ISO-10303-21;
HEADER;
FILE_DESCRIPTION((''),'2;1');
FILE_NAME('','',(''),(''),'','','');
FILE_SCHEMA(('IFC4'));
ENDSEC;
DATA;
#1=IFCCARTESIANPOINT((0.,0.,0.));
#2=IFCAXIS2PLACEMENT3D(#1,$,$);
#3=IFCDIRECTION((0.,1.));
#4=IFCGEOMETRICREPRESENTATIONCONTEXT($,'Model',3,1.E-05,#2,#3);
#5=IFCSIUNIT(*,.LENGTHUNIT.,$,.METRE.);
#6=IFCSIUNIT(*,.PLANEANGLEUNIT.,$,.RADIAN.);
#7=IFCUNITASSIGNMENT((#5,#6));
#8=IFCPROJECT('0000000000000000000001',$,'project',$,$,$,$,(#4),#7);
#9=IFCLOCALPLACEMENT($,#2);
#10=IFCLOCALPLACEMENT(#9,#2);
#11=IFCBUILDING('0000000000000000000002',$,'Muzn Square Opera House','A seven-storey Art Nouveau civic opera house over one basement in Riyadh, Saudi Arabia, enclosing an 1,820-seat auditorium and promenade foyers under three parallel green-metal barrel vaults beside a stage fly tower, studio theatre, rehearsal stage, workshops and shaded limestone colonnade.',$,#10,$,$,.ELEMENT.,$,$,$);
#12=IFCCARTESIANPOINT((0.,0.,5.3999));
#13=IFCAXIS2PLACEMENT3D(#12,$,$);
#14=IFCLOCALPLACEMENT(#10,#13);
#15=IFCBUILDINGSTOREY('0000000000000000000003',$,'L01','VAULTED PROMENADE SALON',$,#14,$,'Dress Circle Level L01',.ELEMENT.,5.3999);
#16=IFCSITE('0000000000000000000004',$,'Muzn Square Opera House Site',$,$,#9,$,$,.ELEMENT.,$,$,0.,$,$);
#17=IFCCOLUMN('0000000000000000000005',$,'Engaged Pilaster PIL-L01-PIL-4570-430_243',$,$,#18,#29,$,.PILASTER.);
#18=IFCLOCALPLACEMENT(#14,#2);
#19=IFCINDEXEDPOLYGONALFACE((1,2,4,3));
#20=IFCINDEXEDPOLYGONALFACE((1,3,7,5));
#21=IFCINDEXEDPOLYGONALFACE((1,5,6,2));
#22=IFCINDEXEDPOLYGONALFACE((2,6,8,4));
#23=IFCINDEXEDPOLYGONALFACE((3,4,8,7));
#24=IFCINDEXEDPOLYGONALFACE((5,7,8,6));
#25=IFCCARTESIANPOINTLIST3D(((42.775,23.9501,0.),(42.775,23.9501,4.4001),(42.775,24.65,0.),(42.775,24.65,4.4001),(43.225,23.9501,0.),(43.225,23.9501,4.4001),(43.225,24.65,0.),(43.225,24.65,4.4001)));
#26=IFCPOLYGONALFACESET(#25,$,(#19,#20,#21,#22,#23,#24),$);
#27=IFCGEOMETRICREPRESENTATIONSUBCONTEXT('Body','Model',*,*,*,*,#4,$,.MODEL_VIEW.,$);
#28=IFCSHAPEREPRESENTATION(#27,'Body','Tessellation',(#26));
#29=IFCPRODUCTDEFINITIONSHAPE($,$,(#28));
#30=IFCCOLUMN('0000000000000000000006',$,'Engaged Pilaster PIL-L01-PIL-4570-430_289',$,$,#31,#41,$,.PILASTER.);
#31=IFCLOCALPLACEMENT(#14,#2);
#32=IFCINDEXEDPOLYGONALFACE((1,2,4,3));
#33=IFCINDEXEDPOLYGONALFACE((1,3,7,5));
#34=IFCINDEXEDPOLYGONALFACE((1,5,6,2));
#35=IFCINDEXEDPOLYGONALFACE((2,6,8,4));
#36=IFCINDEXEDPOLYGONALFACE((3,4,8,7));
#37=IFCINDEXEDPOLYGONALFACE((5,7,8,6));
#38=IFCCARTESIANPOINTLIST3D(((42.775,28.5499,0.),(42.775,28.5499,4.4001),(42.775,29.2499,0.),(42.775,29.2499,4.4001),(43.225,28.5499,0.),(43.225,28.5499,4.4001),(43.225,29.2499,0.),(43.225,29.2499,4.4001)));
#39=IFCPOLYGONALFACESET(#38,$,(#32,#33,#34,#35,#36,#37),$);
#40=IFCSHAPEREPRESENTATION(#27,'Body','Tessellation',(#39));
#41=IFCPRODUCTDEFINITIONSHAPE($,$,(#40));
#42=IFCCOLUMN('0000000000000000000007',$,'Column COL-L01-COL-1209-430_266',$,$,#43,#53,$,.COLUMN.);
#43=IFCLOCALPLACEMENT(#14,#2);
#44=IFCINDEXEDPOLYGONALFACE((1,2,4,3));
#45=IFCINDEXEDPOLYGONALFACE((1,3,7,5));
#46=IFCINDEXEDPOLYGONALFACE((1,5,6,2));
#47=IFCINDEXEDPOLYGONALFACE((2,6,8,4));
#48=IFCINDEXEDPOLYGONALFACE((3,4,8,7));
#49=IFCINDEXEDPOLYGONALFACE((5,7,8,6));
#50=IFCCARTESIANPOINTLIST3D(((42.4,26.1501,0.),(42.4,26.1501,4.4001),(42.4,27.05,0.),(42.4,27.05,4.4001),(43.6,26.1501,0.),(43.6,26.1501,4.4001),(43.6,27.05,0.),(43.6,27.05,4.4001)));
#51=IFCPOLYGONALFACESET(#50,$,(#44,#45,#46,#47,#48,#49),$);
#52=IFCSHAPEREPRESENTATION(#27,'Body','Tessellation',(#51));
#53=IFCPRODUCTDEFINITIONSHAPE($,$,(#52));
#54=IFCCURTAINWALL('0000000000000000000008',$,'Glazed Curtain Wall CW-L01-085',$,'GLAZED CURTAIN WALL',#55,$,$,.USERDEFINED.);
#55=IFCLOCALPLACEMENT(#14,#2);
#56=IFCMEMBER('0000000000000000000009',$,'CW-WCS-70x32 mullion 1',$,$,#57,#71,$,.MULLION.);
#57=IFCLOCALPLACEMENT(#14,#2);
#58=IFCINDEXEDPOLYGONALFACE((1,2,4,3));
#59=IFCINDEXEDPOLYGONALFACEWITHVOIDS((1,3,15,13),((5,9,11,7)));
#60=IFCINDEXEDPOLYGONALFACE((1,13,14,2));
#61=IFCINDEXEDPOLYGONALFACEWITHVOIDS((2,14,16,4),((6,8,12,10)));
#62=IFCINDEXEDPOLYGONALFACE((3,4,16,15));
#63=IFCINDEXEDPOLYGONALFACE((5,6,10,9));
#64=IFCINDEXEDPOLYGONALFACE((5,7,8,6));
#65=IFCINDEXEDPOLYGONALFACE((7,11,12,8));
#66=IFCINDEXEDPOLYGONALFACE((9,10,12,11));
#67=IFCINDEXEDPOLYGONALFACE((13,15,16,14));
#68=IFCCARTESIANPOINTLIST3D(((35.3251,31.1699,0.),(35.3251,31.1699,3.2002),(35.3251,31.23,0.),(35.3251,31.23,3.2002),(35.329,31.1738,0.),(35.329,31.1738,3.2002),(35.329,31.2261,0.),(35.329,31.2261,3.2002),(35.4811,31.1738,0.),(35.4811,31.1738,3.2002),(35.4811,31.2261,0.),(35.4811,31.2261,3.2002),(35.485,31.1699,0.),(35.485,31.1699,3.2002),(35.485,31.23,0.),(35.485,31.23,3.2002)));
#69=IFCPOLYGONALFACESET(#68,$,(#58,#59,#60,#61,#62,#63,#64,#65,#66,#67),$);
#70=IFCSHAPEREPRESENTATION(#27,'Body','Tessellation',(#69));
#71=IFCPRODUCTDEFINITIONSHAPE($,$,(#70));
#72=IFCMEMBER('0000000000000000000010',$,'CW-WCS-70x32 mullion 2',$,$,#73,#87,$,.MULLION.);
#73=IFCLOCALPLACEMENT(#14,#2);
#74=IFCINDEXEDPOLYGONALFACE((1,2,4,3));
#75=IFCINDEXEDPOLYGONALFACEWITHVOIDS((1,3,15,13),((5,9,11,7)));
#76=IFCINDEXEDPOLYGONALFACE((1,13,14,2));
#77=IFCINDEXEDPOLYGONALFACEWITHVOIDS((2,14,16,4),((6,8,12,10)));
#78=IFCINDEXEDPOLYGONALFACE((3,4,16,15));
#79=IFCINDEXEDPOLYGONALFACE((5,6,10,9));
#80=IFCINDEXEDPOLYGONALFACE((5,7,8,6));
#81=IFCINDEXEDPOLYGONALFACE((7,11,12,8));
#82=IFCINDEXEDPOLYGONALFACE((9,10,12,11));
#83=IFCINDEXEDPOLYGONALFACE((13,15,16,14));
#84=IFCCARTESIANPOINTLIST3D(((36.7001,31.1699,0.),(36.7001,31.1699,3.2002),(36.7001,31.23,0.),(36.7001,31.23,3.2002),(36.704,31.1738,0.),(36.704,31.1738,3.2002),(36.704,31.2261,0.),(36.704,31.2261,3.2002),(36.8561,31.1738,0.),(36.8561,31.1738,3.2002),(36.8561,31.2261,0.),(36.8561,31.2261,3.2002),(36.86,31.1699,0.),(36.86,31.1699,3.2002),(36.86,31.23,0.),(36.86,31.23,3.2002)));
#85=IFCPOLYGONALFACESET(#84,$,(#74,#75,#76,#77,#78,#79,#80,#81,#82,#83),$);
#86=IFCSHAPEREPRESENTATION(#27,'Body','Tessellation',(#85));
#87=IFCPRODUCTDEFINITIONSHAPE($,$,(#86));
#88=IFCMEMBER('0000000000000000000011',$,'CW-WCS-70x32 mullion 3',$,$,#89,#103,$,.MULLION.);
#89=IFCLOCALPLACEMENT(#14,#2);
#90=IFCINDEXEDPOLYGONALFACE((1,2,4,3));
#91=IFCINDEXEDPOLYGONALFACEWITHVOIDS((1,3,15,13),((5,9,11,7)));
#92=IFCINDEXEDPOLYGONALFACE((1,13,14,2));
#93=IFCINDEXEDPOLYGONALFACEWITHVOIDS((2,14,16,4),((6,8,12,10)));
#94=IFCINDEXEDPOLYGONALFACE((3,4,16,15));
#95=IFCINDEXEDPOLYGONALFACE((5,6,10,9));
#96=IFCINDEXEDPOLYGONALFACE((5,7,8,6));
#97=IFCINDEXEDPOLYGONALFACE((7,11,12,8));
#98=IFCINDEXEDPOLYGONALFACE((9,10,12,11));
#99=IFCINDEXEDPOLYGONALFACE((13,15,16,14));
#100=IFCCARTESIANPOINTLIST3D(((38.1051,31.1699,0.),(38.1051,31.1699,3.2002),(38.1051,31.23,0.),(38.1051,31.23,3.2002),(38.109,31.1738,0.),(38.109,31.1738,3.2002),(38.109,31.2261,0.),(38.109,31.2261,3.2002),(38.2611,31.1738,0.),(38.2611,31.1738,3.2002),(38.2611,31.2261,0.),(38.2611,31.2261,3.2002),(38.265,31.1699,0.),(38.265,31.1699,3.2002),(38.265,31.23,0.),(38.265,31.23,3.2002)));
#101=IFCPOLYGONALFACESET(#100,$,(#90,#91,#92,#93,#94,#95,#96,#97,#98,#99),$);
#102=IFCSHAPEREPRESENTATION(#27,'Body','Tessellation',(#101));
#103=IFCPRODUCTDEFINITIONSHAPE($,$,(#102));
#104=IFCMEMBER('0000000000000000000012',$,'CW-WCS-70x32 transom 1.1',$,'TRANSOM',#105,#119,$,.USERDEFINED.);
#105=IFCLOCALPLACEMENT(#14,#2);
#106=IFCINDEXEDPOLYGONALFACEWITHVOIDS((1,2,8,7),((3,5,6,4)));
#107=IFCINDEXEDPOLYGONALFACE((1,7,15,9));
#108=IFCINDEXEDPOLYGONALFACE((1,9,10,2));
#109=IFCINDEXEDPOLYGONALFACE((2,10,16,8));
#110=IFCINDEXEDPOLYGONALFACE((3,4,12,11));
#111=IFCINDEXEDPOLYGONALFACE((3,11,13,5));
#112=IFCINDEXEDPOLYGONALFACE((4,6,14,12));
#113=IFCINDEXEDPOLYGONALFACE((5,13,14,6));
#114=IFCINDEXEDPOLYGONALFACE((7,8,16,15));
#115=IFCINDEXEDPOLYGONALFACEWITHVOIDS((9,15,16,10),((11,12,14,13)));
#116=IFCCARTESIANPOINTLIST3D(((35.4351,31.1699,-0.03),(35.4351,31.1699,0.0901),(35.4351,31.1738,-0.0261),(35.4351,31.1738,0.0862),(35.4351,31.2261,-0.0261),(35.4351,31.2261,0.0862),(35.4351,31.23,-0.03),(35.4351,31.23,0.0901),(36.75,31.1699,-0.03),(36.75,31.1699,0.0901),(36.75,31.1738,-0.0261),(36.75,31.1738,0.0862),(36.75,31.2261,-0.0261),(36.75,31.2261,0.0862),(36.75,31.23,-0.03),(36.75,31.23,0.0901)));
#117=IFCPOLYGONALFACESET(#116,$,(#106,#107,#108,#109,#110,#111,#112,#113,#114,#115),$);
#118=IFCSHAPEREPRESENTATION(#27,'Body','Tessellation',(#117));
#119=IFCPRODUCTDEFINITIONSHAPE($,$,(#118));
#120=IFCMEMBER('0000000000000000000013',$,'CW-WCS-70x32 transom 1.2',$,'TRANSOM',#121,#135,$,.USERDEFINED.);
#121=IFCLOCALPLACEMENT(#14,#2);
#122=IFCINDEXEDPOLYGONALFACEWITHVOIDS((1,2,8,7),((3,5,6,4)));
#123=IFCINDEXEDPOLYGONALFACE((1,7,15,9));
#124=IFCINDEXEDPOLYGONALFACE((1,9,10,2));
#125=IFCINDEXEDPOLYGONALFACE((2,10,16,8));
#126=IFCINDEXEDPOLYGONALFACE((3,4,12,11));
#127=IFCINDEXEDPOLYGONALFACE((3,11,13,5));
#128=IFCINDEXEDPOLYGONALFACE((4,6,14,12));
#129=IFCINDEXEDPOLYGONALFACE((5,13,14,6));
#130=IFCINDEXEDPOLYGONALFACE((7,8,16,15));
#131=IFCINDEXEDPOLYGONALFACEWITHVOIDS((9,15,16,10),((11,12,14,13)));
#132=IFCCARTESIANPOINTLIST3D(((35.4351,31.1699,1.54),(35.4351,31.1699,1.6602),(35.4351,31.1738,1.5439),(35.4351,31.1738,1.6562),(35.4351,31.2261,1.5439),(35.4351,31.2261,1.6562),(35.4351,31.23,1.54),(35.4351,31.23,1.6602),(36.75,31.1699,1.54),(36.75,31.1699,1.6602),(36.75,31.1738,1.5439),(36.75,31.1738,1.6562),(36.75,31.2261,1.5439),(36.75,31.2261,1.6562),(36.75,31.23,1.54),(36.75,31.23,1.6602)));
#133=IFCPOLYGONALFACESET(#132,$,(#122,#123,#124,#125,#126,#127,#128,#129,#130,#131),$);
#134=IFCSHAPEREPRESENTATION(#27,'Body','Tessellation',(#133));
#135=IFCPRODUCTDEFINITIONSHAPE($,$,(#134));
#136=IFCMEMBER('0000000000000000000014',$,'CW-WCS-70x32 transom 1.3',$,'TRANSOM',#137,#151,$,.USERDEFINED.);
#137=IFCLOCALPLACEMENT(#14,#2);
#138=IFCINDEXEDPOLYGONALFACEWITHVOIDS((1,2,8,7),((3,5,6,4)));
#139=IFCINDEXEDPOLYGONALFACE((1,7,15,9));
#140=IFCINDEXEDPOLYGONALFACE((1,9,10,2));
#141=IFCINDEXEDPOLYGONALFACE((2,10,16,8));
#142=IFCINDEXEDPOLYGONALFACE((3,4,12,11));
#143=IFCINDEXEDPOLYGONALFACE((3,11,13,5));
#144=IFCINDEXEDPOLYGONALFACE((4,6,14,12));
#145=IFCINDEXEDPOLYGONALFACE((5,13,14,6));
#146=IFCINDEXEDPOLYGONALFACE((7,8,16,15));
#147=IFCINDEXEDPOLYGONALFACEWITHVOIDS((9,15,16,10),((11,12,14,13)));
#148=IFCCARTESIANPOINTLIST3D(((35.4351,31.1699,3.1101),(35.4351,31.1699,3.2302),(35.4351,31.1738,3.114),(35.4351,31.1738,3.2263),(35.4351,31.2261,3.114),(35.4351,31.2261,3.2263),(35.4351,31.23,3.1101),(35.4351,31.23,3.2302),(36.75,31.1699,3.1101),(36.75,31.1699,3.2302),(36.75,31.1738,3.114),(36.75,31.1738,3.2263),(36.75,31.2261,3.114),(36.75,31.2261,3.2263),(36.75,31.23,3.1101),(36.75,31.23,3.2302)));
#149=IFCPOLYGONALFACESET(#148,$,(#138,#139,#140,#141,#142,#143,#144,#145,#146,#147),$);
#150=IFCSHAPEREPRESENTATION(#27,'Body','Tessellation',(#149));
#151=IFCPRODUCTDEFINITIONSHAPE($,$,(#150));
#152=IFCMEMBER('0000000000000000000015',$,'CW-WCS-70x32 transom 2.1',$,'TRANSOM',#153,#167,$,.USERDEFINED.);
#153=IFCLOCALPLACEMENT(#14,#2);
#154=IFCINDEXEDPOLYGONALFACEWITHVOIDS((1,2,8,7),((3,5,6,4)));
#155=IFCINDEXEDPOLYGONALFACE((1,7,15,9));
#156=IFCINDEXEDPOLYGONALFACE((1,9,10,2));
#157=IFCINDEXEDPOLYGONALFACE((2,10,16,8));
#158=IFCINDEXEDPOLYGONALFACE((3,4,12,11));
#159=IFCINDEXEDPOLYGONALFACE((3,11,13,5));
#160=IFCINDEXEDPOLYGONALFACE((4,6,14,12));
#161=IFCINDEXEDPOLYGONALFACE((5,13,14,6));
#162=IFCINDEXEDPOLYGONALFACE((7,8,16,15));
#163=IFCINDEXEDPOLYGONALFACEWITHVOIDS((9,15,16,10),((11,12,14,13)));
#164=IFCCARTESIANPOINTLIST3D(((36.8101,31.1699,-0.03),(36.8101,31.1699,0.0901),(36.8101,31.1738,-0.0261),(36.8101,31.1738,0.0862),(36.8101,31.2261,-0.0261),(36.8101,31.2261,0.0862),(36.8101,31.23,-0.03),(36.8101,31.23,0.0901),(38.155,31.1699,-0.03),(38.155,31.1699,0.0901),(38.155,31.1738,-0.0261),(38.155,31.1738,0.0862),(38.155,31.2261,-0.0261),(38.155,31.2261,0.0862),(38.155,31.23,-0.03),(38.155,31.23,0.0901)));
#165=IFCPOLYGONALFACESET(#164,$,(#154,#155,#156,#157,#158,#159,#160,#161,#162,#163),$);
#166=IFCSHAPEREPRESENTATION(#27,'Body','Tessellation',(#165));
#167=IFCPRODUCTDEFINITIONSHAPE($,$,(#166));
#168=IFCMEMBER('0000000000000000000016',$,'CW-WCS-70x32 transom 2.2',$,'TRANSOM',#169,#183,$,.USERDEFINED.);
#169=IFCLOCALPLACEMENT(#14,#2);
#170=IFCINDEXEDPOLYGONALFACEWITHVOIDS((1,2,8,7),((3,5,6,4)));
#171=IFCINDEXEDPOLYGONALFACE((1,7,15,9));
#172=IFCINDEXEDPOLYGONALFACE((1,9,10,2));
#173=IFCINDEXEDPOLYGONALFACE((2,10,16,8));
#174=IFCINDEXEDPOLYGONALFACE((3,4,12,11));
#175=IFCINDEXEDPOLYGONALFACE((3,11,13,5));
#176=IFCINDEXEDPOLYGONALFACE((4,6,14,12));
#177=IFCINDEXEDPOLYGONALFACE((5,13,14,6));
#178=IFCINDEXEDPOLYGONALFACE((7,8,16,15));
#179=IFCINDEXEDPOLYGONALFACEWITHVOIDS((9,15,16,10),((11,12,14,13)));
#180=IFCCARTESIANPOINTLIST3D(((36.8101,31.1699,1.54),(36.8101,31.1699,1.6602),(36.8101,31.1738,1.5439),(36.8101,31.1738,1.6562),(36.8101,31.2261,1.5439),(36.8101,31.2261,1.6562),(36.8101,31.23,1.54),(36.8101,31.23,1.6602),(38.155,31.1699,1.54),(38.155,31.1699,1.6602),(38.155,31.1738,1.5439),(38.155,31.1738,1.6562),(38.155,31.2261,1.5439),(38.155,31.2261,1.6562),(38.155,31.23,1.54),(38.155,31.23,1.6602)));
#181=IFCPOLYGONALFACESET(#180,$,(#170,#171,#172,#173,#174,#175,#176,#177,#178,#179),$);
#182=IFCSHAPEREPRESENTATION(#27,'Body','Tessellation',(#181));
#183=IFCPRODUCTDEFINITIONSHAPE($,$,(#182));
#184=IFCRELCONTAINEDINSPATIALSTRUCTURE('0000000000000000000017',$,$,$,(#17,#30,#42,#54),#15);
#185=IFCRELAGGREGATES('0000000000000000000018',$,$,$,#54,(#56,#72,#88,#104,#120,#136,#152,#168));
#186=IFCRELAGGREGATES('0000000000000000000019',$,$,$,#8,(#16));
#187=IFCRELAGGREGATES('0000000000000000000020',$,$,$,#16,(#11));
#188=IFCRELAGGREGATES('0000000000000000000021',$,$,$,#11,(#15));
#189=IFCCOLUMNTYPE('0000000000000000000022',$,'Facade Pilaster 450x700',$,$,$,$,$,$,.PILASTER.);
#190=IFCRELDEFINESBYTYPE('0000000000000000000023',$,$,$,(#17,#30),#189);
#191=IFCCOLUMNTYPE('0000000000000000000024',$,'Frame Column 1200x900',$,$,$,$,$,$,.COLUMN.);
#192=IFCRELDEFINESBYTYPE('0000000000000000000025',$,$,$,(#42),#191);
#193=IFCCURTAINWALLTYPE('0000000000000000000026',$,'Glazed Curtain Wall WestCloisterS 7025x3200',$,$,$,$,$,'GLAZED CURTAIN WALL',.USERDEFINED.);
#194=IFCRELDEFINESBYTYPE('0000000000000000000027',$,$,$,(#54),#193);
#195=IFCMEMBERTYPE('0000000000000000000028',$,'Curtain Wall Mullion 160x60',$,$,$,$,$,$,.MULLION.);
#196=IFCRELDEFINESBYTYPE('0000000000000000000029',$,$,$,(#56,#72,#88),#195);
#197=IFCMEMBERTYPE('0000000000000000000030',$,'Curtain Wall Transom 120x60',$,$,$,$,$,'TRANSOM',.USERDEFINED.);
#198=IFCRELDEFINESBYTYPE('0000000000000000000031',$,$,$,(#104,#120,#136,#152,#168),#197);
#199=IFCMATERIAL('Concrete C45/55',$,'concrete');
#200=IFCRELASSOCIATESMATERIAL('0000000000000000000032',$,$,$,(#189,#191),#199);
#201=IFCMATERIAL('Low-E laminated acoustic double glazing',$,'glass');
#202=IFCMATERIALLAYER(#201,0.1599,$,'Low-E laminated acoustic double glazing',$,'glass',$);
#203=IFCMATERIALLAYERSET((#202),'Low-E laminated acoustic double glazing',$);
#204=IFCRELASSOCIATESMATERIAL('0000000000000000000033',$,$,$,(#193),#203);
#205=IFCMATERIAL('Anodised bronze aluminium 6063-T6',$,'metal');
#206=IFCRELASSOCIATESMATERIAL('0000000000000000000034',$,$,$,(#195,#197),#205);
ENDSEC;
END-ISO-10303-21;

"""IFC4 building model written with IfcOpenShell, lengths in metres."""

from ifc_helpers import new_model, si_unit, direction, frame, origin, origin_2d, place, context, subcontext, project, spatial, rectangle, hollow_rectangle, extrude, material, layer, layer_set, material_profile, profile_set, type_object, element, aggregate, save


model = new_model("IFC4")

# Units and contexts
model_context = context("Model", 3, precision=1e-05, world=origin(), true_north=direction((0.0, 1.0)))
body_context = subcontext(model_context, "Body", "Model", "MODEL_VIEW")
ifc_project = project(units=[si_unit("LENGTHUNIT", "METRE"), si_unit("PLANEANGLEUNIT", "RADIAN")], contexts=[model_context])

# Site, building, storey
site_placement = place(None, origin())
site = spatial("IfcSite", under=ifc_project, at=site_placement, Name="Muzn Square Opera House Site", CompositionType="ELEMENT", RefElevation=0.0)
building_placement = place(site_placement, origin())
building = spatial("IfcBuilding", under=site, at=building_placement, Name="Muzn Square Opera House", Description="A seven-storey Art Nouveau civic opera house over one basement in Riyadh, Saudi Arabia, enclosing an 1,820-seat auditorium and promenade foyers under three parallel green-metal barrel vaults beside a stage fly tower, studio theatre, rehearsal stage, workshops and shaded limestone colonnade.", CompositionType="ELEMENT")
storey_placement = place(building_placement, frame((0.0, 0.0, 5.3999)))
storey = spatial("IfcBuildingStorey", under=building, at=storey_placement, Name="L01", Description="VAULTED PROMENADE SALON", LongName="Dress Circle Level L01", CompositionType="ELEMENT", Elevation=5.3999)

# Columns
ifc_material_1 = material(Name="Concrete C45/55", Category="concrete")
ifc_material_profile_1 = material_profile(ifc_material_1, rectangle(XDim=0.45, YDim=0.7, at=origin_2d()), Name="RC 450x700", Category="concrete")
ifc_profile_set_1 = profile_set([ifc_material_profile_1], Name="Concrete C45/55")
column_type_1 = type_object("IfcColumnType", Name="Facade Pilaster 450x700", PredefinedType="PILASTER", material=ifc_profile_set_1)
for number, where, z_axis, x_axis, name in (
    (1, (43.0, 24.3, 0.0), (0.0, 0.0, 1.0), (1.0, 0.0, 0.0), "Engaged Pilaster PIL-L01-PIL-4570-430_243"),
    (2, (43.0, 28.8999, 0.0), (0.0, 0.0, 1.0), (1.0, 0.0, 0.0), "Engaged Pilaster PIL-L01-PIL-4570-430_289"),
):
    element("IfcColumn", number, at=place(storey_placement, frame(where, z_axis=z_axis, x_axis=x_axis)), inside=storey, type_object=column_type_1, Name=name, PredefinedType="PILASTER", context=body_context, shape_type="SweptSolid", body=[
        extrude(rectangle(XDim=0.45, YDim=0.7, at=origin_2d()), origin(), (0.0, 0.0, 1.0), 4.4001),
    ])
ifc_material_profile_2 = material_profile(ifc_material_1, rectangle(XDim=1.2, YDim=0.8999, at=origin_2d()), Name="RC 1200x900", Category="concrete")
ifc_profile_set_2 = profile_set([ifc_material_profile_2], Name="Concrete C45/55")
column_type_2 = type_object("IfcColumnType", Name="Frame Column 1200x900", PredefinedType="COLUMN", material=ifc_profile_set_2)
column_placement = place(storey_placement, frame((43.0, 26.6001, 0.0), z_axis=(0.0, 0.0, 1.0), x_axis=(1.0, 0.0, 0.0)))
element("IfcColumn", 3, at=column_placement, inside=storey, type_object=column_type_2, Name="Column COL-L01-COL-1209-430_266", PredefinedType="COLUMN", context=body_context, shape_type="SweptSolid", body=[
    extrude(rectangle(XDim=1.2, YDim=0.8999, at=origin_2d()), origin(), (0.0, 0.0, 1.0), 4.4001),
])

# Curtain wall, members
ifc_material_2 = material(Name="Low-E laminated acoustic double glazing", Category="glass")
ifc_layer_1 = layer(ifc_material_2, 0.1599, Name="Low-E laminated acoustic double glazing", Category="glass")
ifc_layer_set_1 = layer_set([ifc_layer_1], Name="Low-E laminated acoustic double glazing")
curtain_wall_type = type_object("IfcCurtainWallType", Name="Glazed Curtain Wall WestCloisterS 7025x3200", ElementType="GLAZED CURTAIN WALL", PredefinedType="USERDEFINED", material=ifc_layer_set_1)
curtain_wall_placement = place(storey_placement, origin())
curtain_wall = element("IfcCurtainWall", 4, at=curtain_wall_placement, inside=storey, type_object=curtain_wall_type, Name="Glazed Curtain Wall CW-L01-085", ObjectType="GLAZED CURTAIN WALL", PredefinedType="USERDEFINED")
ifc_material_3 = material(Name="Anodised bronze aluminium 6063-T6", Category="metal")
ifc_material_profile_3 = material_profile(ifc_material_3, hollow_rectangle(XDim=0.0601, YDim=0.1599, WallThickness=0.0039, at=origin_2d()), Name="ALU 160x60x4", Category="metal")
ifc_profile_set_3 = profile_set([ifc_material_profile_3], Name="Anodised bronze aluminium 6063-T6")
member_type_1 = type_object("IfcMemberType", Name="Curtain Wall Mullion 160x60", PredefinedType="MULLION", material=ifc_profile_set_3)
member_1_placement = place(storey_placement, frame((35.405, 31.2, 0.0), z_axis=(0.0, 0.0, 1.0), x_axis=(0.0, 1.0, 0.0)))
member_1 = element("IfcMember", 5, at=member_1_placement, type_object=member_type_1, Name="CW-WCS-70x32 mullion 1", PredefinedType="MULLION", context=body_context, shape_type="SweptSolid", body=[
    extrude(hollow_rectangle(XDim=0.0601, YDim=0.1599, WallThickness=0.0039, at=origin_2d()), origin(), (0.0, 0.0, 1.0), 3.2002),
])
member_2_placement = place(storey_placement, frame((36.78, 31.2, 0.0), z_axis=(0.0, 0.0, 1.0), x_axis=(0.0, 1.0, 0.0)))
member_2 = element("IfcMember", 6, at=member_2_placement, type_object=member_type_1, Name="CW-WCS-70x32 mullion 2", PredefinedType="MULLION", context=body_context, shape_type="SweptSolid", body=[
    extrude(hollow_rectangle(XDim=0.0601, YDim=0.1599, WallThickness=0.0039, at=origin_2d()), origin(), (0.0, 0.0, 1.0), 3.2002),
])
member_3_placement = place(storey_placement, frame((38.1851, 31.2, 0.0), z_axis=(0.0, 0.0, 1.0), x_axis=(0.0, 1.0, 0.0)))
member_3 = element("IfcMember", 7, at=member_3_placement, type_object=member_type_1, Name="CW-WCS-70x32 mullion 3", PredefinedType="MULLION", context=body_context, shape_type="SweptSolid", body=[
    extrude(hollow_rectangle(XDim=0.0601, YDim=0.1599, WallThickness=0.0039, at=origin_2d()), origin(), (0.0, 0.0, 1.0), 3.2002),
])
ifc_material_profile_4 = material_profile(ifc_material_3, hollow_rectangle(XDim=0.0601, YDim=0.1201, WallThickness=0.0039, at=origin_2d()), Name="ALU 120x60x4", Category="metal")
ifc_profile_set_4 = profile_set([ifc_material_profile_4], Name="Anodised bronze aluminium 6063-T6")
member_type_2 = type_object("IfcMemberType", Name="Curtain Wall Transom 120x60", ElementType="TRANSOM", PredefinedType="USERDEFINED", material=ifc_profile_set_4)
member_4_placement = place(storey_placement, frame((35.4351, 31.2, 0.03), z_axis=(1.0, 0.0, 0.0), x_axis=(0.0, 1.0, 0.0)))
member_4 = element("IfcMember", 8, at=member_4_placement, type_object=member_type_2, Name="CW-WCS-70x32 transom 1.1", ObjectType="TRANSOM", PredefinedType="USERDEFINED", context=body_context, shape_type="SweptSolid", body=[
    extrude(hollow_rectangle(XDim=0.0601, YDim=0.1201, WallThickness=0.0039, at=origin_2d()), origin(), (0.0, 0.0, 1.0), 1.3149),
])
member_5_placement = place(storey_placement, frame((35.4351, 31.2, 1.6001), z_axis=(1.0, 0.0, 0.0), x_axis=(0.0, 1.0, 0.0)))
member_5 = element("IfcMember", 9, at=member_5_placement, type_object=member_type_2, Name="CW-WCS-70x32 transom 1.2", ObjectType="TRANSOM", PredefinedType="USERDEFINED", context=body_context, shape_type="SweptSolid", body=[
    extrude(hollow_rectangle(XDim=0.0601, YDim=0.1201, WallThickness=0.0039, at=origin_2d()), origin(), (0.0, 0.0, 1.0), 1.3149),
])
member_6_placement = place(storey_placement, frame((35.4351, 31.2, 3.1702), z_axis=(1.0, 0.0, 0.0), x_axis=(0.0, 1.0, 0.0)))
member_6 = element("IfcMember", 10, at=member_6_placement, type_object=member_type_2, Name="CW-WCS-70x32 transom 1.3", ObjectType="TRANSOM", PredefinedType="USERDEFINED", context=body_context, shape_type="SweptSolid", body=[
    extrude(hollow_rectangle(XDim=0.0601, YDim=0.1201, WallThickness=0.0039, at=origin_2d()), origin(), (0.0, 0.0, 1.0), 1.3149),
])
member_7_placement = place(storey_placement, frame((36.8101, 31.2, 0.03), z_axis=(1.0, 0.0, 0.0), x_axis=(0.0, 1.0, 0.0)))
member_7 = element("IfcMember", 11, at=member_7_placement, type_object=member_type_2, Name="CW-WCS-70x32 transom 2.1", ObjectType="TRANSOM", PredefinedType="USERDEFINED", context=body_context, shape_type="SweptSolid", body=[
    extrude(hollow_rectangle(XDim=0.0601, YDim=0.1201, WallThickness=0.0039, at=origin_2d()), origin(), (0.0, 0.0, 1.0), 1.345),
])
member_8_placement = place(storey_placement, frame((36.8101, 31.2, 1.6001), z_axis=(1.0, 0.0, 0.0), x_axis=(0.0, 1.0, 0.0)))
member_8 = element("IfcMember", 12, at=member_8_placement, type_object=member_type_2, Name="CW-WCS-70x32 transom 2.2", ObjectType="TRANSOM", PredefinedType="USERDEFINED", context=body_context, shape_type="SweptSolid", body=[
    extrude(hollow_rectangle(XDim=0.0601, YDim=0.1201, WallThickness=0.0039, at=origin_2d()), origin(), (0.0, 0.0, 1.0), 1.345),
])

aggregate(curtain_wall, [member_1, member_2, member_3, member_4, member_5, member_6, member_7, member_8])

save(model, "model.ifc")
